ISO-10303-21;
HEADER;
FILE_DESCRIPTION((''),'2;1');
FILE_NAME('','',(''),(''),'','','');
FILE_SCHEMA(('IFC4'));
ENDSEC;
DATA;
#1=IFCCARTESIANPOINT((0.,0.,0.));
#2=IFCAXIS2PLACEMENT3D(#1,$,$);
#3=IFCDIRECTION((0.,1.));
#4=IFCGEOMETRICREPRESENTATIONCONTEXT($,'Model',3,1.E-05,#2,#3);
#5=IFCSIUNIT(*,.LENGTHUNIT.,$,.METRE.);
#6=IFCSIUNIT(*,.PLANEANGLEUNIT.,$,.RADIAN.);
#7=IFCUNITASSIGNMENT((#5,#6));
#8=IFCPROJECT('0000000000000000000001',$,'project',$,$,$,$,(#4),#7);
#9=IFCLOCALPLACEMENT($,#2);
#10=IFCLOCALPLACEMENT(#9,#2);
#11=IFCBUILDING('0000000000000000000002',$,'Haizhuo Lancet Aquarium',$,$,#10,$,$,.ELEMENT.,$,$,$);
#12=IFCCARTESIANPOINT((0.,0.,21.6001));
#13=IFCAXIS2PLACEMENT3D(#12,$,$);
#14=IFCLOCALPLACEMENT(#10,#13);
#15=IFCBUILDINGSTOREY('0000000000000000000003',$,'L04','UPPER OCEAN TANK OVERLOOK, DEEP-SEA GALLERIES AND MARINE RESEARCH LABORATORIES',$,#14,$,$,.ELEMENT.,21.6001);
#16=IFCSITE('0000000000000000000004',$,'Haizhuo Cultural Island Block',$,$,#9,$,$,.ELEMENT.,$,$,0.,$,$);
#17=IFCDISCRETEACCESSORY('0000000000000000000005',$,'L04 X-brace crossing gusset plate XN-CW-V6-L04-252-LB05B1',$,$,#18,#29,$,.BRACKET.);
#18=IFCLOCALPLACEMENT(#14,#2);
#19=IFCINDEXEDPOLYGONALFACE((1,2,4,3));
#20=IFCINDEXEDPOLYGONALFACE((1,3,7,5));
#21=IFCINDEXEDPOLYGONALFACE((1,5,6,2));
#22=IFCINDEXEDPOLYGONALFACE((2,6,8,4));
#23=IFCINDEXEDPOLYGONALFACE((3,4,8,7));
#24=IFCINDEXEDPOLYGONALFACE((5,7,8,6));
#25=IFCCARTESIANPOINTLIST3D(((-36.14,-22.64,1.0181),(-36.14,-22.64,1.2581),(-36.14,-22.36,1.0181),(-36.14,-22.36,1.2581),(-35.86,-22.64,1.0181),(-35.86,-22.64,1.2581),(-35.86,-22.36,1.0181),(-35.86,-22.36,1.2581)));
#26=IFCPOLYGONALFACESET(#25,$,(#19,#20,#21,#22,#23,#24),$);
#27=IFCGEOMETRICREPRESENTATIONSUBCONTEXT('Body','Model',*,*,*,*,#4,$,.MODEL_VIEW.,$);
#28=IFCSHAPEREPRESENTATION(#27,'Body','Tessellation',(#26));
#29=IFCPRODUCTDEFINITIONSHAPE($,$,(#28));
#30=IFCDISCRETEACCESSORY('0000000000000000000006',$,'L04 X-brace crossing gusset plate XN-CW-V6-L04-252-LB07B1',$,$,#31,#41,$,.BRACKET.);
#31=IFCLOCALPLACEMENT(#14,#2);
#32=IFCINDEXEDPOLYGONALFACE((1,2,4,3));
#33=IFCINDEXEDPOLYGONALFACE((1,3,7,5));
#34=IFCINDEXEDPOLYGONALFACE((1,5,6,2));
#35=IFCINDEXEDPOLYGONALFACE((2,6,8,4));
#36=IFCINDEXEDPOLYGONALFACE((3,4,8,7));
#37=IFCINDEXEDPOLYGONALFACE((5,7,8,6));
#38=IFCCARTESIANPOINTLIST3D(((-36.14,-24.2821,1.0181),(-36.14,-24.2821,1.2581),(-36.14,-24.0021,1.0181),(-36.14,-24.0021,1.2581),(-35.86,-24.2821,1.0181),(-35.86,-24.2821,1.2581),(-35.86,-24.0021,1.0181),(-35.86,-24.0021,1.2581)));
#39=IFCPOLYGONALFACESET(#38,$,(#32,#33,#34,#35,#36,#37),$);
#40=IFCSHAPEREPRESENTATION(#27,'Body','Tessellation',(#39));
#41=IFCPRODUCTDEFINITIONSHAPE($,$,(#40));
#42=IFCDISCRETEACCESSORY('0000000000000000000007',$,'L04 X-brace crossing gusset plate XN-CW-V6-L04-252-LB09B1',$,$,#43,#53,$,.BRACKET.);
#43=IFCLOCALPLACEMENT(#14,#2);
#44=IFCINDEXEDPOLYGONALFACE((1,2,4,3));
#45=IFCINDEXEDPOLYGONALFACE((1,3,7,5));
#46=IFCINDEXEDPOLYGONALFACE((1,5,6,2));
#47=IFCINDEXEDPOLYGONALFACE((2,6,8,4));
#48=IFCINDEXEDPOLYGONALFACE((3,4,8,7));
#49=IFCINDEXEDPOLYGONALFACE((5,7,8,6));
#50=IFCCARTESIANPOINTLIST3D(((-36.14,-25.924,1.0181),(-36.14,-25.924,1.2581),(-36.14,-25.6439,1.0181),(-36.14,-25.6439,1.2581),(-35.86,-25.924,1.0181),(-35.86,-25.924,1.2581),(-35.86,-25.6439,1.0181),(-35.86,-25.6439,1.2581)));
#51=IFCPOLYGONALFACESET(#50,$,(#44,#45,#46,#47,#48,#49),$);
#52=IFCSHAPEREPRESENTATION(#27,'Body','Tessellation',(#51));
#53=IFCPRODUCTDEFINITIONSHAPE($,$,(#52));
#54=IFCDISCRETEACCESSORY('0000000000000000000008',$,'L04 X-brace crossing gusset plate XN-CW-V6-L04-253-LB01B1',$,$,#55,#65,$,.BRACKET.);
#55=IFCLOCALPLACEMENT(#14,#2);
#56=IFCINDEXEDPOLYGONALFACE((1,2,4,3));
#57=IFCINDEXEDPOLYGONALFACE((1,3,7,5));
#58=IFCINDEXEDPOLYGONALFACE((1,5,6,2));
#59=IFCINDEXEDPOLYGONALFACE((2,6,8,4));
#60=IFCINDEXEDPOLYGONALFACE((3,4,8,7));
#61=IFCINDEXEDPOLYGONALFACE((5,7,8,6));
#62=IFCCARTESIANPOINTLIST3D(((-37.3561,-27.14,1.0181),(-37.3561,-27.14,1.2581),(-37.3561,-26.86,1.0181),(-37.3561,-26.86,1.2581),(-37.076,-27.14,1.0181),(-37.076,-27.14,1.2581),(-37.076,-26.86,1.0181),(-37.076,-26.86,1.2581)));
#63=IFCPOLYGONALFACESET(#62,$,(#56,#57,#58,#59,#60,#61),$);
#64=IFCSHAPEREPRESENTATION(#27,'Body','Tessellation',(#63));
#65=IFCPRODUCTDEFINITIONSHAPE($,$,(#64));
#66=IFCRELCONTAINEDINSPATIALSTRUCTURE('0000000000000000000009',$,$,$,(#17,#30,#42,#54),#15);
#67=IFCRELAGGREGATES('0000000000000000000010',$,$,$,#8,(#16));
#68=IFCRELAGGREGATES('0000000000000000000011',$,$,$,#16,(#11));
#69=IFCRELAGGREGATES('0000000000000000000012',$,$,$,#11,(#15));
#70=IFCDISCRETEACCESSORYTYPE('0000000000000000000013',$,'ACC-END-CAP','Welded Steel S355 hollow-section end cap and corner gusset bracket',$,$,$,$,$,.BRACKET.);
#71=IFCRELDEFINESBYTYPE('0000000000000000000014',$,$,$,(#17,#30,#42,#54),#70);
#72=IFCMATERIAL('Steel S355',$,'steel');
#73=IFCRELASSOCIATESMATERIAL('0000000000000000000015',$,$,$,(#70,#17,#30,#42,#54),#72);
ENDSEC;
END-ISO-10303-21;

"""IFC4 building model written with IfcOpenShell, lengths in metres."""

from ifc_helpers import new_model, si_unit, direction, frame, origin, origin_2d, place, context, subcontext, project, spatial, rectangle, extrude, material, type_object, element, save


model = new_model("IFC4")

# Units and contexts
model_context = context("Model", 3, precision=1e-05, world=origin(), true_north=direction((0.0, 1.0)))
body_context = subcontext(model_context, "Body", "Model", "MODEL_VIEW")
ifc_project = project(units=[si_unit("LENGTHUNIT", "METRE"), si_unit("PLANEANGLEUNIT", "RADIAN")], contexts=[model_context])

# Site, building, storey
site_placement = place(None, origin())
site = spatial("IfcSite", under=ifc_project, at=site_placement, Name="Haizhuo Cultural Island Block", CompositionType="ELEMENT", RefElevation=0.0)
building_placement = place(site_placement, origin())
building = spatial("IfcBuilding", under=site, at=building_placement, Name="Haizhuo Lancet Aquarium", CompositionType="ELEMENT")
storey_placement = place(building_placement, frame((0.0, 0.0, 21.6001)))
storey = spatial("IfcBuildingStorey", under=building, at=storey_placement, Name="L04", Description="UPPER OCEAN TANK OVERLOOK, DEEP-SEA GALLERIES AND MARINE RESEARCH LABORATORIES", CompositionType="ELEMENT", Elevation=21.6001)

# Shared definitions
ifc_material_1 = material(Name="Steel S355", Category="steel")

# Discrete accessories
discrete_accessory_type = type_object("IfcDiscreteAccessoryType", Name="ACC-END-CAP", Description="Welded Steel S355 hollow-section end cap and corner gusset bracket", PredefinedType="BRACKET", material=ifc_material_1)
for number, where, z_axis, x_axis, name in (
    (1, (-36.0, -22.5, 1.0181), (0.0, 0.0, 1.0), (1.0, 0.0, 0.0), "L04 X-brace crossing gusset plate XN-CW-V6-L04-252-LB05B1"),
    (2, (-36.0, -24.1421, 1.0181), (0.0, 0.0, 1.0), (1.0, 0.0, 0.0), "L04 X-brace crossing gusset plate XN-CW-V6-L04-252-LB07B1"),
    (3, (-36.0, -25.7839, 1.0181), (0.0, 0.0, 1.0), (1.0, 0.0, 0.0), "L04 X-brace crossing gusset plate XN-CW-V6-L04-252-LB09B1"),
    (4, (-37.2161, -27.0, 1.0181), (0.0, 0.0, 1.0), (1.0, 0.0, 0.0), "L04 X-brace crossing gusset plate XN-CW-V6-L04-253-LB01B1"),
):
    element("IfcDiscreteAccessory", number, at=place(storey_placement, frame(where, z_axis=z_axis, x_axis=x_axis)), inside=storey, type_object=discrete_accessory_type, material=ifc_material_1, Name=name, PredefinedType="BRACKET", context=body_context, shape_type="SweptSolid", body=[
        extrude(rectangle(XDim=0.28, YDim=0.28, at=origin_2d()), origin(), (0.0, 0.0, 1.0), 0.24),
    ])

save(model, "model.ifc")
